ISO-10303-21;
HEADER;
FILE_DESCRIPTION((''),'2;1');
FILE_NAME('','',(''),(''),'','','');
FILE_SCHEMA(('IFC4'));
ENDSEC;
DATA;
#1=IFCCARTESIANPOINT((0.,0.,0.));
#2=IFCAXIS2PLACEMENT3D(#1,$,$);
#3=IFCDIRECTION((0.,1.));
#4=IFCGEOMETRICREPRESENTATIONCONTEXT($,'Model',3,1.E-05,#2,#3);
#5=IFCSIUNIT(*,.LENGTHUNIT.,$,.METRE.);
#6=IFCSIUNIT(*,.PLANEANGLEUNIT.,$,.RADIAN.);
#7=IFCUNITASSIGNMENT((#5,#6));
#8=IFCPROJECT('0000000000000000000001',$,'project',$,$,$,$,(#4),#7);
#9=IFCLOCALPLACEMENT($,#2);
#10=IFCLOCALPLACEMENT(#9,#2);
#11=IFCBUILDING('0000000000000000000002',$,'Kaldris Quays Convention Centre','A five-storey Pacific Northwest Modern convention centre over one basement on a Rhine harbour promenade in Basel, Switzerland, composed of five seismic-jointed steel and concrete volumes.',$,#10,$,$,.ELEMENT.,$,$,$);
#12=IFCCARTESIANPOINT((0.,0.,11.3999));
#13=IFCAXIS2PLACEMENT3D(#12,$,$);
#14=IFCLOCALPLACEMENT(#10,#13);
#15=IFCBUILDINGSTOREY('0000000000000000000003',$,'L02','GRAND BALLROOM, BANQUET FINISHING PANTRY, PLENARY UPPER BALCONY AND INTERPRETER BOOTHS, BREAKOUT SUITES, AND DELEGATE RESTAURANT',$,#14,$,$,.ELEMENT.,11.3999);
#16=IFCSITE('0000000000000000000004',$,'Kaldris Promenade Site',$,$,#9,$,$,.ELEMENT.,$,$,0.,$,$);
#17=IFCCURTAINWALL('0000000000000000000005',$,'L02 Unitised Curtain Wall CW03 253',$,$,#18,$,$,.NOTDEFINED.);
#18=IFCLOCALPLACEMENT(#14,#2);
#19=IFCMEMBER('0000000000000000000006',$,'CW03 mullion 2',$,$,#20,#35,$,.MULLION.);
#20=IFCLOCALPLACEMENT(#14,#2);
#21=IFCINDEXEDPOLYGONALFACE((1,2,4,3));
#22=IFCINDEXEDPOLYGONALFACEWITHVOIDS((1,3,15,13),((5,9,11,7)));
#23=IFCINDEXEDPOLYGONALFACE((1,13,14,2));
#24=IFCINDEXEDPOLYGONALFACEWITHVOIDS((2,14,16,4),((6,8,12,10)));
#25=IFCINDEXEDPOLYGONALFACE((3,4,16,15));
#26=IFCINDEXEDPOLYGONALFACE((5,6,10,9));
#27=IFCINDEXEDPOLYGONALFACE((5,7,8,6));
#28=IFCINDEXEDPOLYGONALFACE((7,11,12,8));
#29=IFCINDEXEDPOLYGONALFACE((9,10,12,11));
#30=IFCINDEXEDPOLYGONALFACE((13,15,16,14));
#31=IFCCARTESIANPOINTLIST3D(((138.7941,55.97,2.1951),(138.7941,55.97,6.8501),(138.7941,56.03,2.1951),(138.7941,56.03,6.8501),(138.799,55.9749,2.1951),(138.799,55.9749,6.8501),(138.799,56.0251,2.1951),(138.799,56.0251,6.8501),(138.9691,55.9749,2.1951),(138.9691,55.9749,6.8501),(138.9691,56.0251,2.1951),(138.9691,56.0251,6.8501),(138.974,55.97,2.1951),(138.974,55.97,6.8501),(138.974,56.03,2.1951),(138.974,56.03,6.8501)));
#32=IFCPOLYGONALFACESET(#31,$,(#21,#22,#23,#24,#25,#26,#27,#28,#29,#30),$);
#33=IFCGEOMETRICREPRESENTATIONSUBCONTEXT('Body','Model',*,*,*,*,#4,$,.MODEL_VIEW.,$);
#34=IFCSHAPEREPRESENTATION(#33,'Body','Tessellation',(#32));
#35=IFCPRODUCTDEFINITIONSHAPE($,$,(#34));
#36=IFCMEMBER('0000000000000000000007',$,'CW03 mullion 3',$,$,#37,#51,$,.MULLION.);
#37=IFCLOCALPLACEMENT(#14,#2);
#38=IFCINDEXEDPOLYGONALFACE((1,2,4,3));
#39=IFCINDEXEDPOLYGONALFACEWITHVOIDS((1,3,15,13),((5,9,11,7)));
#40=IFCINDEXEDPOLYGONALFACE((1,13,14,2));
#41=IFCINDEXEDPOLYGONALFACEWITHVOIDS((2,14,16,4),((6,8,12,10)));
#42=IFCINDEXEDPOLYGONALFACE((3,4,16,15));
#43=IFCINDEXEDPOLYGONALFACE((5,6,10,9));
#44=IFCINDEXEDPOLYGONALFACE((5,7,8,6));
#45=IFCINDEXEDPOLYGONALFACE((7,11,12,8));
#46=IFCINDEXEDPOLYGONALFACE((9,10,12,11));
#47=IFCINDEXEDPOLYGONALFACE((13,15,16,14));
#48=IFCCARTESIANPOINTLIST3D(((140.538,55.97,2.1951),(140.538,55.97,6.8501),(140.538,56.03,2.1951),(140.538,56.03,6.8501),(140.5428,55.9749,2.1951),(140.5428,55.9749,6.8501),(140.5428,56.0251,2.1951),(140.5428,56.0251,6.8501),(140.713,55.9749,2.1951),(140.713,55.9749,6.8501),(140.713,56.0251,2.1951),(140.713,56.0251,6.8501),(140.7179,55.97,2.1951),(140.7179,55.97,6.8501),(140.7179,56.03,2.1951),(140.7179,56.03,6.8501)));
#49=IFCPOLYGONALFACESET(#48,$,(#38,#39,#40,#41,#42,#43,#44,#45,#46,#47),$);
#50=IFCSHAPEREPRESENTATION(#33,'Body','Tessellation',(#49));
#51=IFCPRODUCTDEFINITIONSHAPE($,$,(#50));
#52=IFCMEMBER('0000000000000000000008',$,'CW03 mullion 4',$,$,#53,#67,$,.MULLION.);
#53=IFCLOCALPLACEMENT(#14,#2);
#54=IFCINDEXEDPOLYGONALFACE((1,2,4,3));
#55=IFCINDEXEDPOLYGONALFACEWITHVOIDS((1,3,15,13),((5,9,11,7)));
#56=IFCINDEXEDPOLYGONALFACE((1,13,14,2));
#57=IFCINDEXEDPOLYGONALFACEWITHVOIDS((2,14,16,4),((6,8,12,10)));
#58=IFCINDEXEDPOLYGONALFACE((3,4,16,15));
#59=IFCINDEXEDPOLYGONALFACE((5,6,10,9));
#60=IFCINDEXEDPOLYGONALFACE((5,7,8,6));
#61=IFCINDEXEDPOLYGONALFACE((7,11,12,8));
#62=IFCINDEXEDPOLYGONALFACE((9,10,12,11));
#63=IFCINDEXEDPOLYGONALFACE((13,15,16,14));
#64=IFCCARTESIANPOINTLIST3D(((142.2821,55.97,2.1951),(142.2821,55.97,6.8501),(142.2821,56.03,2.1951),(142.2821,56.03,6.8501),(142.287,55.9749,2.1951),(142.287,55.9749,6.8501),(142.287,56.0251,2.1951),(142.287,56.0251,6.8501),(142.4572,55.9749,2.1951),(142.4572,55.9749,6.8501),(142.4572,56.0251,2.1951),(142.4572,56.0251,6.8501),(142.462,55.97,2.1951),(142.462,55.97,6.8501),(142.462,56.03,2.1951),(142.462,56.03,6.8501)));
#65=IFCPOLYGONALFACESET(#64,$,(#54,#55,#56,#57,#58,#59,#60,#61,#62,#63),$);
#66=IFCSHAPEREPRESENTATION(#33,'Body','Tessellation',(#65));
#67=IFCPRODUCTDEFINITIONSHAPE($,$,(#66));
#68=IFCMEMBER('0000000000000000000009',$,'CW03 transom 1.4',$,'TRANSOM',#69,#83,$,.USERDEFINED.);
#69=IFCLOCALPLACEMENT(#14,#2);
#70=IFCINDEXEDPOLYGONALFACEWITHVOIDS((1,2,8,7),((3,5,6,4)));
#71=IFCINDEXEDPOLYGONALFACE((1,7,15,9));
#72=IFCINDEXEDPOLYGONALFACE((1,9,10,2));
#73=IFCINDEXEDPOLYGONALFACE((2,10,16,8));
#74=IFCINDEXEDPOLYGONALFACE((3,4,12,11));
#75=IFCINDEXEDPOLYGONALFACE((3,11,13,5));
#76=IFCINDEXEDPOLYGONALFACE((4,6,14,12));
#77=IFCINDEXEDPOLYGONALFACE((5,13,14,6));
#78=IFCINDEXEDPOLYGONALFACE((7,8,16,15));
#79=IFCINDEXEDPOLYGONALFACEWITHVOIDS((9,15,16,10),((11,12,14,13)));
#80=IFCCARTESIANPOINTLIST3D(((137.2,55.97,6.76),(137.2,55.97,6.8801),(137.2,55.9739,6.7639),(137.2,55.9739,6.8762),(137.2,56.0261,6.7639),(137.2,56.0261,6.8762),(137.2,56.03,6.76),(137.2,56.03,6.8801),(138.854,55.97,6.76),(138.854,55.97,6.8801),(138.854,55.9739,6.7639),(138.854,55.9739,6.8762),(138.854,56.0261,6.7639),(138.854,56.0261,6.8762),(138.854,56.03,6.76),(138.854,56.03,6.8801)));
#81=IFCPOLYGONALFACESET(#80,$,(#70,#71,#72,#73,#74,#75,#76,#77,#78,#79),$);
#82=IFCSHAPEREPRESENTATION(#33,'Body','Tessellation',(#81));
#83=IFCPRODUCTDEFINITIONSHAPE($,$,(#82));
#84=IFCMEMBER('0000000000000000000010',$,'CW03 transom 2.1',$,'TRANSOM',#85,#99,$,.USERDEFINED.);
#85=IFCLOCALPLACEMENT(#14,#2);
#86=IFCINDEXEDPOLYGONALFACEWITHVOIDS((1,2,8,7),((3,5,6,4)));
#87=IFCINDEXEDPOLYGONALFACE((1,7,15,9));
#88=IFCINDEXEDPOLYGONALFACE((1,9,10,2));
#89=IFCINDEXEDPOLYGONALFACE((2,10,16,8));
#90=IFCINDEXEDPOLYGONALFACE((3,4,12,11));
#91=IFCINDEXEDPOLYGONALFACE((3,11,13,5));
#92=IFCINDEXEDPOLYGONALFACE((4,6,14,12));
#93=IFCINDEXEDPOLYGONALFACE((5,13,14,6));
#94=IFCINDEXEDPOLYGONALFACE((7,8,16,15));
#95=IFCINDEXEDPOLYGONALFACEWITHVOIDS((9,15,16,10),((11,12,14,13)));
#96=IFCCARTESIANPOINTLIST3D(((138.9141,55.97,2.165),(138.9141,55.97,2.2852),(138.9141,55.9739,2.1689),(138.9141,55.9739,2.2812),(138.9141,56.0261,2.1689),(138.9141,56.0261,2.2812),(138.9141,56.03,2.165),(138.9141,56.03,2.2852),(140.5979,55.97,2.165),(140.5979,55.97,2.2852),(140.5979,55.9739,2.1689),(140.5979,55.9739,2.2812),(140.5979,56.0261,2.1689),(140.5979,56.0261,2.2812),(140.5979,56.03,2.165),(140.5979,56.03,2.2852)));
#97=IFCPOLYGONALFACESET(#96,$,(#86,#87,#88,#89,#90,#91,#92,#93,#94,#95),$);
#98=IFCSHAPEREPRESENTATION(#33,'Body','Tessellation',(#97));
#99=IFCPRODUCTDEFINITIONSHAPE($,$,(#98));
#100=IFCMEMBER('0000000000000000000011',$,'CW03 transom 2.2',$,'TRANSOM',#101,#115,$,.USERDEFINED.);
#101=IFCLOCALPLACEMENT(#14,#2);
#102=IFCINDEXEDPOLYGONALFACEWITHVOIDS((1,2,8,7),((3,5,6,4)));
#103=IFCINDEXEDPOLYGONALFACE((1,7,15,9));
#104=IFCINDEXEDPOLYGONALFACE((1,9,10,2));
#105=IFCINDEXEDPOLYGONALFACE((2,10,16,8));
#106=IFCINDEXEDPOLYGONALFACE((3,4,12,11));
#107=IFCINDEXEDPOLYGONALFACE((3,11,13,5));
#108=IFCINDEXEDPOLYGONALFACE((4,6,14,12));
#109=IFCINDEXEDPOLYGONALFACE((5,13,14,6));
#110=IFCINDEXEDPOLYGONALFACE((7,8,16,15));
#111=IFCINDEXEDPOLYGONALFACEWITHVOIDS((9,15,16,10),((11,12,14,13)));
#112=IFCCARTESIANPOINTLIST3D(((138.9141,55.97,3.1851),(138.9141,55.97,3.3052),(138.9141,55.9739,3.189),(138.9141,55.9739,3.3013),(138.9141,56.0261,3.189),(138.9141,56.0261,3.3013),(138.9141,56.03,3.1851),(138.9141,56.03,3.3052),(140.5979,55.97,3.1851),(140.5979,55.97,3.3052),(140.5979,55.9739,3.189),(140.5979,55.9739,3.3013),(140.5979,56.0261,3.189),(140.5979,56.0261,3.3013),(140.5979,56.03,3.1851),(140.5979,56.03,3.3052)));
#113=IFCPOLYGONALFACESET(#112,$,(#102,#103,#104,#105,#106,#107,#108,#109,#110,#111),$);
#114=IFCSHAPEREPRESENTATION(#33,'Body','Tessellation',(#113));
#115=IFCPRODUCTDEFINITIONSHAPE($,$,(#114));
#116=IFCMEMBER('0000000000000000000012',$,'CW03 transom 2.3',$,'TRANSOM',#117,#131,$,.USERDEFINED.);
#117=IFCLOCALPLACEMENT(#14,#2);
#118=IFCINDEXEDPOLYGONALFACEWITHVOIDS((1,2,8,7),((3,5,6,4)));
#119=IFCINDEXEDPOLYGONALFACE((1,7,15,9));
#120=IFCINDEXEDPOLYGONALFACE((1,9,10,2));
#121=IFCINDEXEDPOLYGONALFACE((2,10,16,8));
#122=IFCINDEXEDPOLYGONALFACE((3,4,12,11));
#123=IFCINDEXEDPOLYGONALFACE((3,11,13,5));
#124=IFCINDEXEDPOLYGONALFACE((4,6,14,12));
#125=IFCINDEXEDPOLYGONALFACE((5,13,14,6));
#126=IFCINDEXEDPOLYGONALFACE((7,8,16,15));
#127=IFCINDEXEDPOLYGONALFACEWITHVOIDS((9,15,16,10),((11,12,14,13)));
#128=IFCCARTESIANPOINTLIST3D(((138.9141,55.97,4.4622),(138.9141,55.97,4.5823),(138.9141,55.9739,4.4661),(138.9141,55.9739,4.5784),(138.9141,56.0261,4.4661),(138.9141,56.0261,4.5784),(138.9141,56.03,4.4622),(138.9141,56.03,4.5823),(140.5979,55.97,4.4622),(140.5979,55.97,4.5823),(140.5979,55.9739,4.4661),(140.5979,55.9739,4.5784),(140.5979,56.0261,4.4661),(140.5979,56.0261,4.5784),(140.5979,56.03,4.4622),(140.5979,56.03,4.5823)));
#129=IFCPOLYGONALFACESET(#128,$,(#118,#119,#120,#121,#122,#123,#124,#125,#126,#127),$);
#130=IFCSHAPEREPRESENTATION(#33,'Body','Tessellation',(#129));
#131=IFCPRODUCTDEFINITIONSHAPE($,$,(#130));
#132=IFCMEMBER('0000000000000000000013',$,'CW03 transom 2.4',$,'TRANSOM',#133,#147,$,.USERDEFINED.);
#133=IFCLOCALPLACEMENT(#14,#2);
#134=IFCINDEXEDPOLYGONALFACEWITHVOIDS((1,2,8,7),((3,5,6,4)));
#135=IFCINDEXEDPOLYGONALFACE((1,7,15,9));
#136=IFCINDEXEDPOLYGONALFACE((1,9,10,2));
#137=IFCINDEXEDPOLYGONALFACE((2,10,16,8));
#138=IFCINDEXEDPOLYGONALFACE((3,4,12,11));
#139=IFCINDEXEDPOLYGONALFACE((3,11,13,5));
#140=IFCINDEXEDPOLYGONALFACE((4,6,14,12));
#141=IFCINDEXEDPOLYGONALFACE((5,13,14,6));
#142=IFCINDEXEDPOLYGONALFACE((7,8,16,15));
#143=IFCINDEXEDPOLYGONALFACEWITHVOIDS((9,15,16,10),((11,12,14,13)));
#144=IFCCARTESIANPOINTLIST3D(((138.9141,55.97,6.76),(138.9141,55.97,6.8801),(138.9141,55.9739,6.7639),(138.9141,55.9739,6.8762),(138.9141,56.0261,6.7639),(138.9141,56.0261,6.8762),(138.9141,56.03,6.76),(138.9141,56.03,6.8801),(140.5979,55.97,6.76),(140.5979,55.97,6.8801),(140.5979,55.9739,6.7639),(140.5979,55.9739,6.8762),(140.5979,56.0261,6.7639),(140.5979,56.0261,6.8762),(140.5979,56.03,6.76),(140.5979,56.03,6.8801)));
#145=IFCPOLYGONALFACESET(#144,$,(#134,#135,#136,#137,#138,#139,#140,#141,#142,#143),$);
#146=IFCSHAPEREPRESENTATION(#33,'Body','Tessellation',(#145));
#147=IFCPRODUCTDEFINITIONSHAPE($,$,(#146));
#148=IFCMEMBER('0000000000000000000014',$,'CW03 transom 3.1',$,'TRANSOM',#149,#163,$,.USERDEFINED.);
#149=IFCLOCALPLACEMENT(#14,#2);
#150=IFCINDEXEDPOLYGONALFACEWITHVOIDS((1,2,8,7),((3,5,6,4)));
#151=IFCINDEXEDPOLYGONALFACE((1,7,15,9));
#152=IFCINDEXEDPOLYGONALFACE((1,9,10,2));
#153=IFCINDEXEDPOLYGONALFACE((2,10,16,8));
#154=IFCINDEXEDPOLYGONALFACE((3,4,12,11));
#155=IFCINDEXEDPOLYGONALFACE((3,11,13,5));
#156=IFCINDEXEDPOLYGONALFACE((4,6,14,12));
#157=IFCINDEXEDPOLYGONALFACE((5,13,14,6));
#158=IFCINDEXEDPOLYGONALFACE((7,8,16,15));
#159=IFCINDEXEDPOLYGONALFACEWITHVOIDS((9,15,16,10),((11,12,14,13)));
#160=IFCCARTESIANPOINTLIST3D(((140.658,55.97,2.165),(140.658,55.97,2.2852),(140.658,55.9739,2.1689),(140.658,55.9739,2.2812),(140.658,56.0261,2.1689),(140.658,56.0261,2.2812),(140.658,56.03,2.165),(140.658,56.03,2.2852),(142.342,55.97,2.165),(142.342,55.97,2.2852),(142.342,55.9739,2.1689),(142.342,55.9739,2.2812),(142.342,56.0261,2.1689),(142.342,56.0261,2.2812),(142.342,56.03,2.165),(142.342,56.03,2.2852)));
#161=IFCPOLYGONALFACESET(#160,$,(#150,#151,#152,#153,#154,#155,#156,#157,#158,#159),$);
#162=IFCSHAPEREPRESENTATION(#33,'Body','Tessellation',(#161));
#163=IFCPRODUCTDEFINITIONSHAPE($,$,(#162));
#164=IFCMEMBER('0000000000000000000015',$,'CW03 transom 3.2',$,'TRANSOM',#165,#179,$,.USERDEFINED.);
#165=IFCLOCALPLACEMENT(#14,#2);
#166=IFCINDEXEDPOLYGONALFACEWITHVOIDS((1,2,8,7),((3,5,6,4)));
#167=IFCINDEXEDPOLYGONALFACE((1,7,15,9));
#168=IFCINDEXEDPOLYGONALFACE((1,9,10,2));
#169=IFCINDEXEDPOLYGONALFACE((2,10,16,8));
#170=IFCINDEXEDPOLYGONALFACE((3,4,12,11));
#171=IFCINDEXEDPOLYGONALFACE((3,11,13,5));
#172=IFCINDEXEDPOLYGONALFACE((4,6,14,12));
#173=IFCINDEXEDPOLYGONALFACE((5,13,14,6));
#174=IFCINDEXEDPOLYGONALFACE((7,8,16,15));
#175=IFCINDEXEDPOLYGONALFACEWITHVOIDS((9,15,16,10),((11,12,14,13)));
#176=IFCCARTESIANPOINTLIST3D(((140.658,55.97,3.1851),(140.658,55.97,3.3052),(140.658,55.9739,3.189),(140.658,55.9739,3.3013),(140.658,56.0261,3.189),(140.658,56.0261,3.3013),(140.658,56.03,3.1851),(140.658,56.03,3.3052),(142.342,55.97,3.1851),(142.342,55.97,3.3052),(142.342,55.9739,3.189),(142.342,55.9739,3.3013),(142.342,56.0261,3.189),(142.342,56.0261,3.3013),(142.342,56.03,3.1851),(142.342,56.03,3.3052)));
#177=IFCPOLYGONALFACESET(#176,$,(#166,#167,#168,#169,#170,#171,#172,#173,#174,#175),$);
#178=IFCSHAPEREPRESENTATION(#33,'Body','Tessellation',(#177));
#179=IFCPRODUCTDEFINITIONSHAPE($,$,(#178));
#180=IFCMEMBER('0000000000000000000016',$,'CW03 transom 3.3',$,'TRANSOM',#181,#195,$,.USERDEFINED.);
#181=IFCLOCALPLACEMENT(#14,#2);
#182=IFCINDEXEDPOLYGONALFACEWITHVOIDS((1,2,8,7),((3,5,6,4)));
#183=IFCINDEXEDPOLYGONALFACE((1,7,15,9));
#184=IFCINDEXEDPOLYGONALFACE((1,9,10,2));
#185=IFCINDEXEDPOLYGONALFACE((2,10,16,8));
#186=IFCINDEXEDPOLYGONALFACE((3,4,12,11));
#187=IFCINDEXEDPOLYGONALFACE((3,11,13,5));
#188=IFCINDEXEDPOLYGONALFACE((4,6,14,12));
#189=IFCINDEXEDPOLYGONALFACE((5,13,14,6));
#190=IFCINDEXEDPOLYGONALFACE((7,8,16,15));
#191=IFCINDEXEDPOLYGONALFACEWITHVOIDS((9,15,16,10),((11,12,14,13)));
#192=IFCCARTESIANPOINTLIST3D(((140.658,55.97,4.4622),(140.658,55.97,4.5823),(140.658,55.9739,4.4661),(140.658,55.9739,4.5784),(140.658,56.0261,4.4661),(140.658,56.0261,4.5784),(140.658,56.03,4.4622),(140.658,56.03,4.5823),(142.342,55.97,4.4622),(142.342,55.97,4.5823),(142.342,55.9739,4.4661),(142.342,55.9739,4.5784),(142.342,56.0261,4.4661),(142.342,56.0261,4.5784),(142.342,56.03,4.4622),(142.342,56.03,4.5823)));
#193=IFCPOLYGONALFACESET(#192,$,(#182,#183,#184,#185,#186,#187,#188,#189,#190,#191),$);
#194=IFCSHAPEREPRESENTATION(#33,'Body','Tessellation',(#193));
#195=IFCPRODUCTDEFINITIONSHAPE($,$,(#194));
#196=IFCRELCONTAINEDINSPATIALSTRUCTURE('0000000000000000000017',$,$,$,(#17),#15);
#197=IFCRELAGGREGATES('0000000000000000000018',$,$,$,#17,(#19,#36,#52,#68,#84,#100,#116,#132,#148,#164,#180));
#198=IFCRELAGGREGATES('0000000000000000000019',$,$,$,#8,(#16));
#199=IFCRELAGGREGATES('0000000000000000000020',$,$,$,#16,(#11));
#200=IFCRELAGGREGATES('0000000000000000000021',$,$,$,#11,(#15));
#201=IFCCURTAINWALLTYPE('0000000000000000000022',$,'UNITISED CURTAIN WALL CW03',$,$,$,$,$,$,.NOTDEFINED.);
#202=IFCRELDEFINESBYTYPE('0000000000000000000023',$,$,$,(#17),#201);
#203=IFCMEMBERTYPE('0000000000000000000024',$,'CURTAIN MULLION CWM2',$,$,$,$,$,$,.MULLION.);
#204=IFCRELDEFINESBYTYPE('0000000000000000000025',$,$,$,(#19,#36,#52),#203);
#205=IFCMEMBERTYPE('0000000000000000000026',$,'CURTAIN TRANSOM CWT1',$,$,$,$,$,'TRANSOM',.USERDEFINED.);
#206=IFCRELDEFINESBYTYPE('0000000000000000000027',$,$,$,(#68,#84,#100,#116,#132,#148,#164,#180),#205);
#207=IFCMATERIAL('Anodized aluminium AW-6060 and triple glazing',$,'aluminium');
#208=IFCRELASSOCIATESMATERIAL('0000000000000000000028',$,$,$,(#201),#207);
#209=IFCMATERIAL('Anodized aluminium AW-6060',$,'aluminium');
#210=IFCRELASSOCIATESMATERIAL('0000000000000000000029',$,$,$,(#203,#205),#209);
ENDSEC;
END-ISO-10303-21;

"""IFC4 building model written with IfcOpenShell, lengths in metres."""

from ifc_helpers import new_model, si_unit, direction, frame, origin, origin_2d, place, context, subcontext, project, spatial, hollow_rectangle, extrude, material, material_profile, profile_set, type_object, element, aggregate, save


model = new_model("IFC4")

# Units and contexts
model_context = context("Model", 3, precision=1e-05, world=origin(), true_north=direction((0.0, 1.0)))
body_context = subcontext(model_context, "Body", "Model", "MODEL_VIEW")
ifc_project = project(units=[si_unit("LENGTHUNIT", "METRE"), si_unit("PLANEANGLEUNIT", "RADIAN")], contexts=[model_context])

# Site, building, storey
site_placement = place(None, origin())
site = spatial("IfcSite", under=ifc_project, at=site_placement, Name="Kaldris Promenade Site", CompositionType="ELEMENT", RefElevation=0.0)
building_placement = place(site_placement, origin())
building = spatial("IfcBuilding", under=site, at=building_placement, Name="Kaldris Quays Convention Centre", Description="A five-storey Pacific Northwest Modern convention centre over one basement on a Rhine harbour promenade in Basel, Switzerland, composed of five seismic-jointed steel and concrete volumes.", CompositionType="ELEMENT")
storey_placement = place(building_placement, frame((0.0, 0.0, 11.3999)))
storey = spatial("IfcBuildingStorey", under=building, at=storey_placement, Name="L02", Description="GRAND BALLROOM, BANQUET FINISHING PANTRY, PLENARY UPPER BALCONY AND INTERPRETER BOOTHS, BREAKOUT SUITES, AND DELEGATE RESTAURANT", CompositionType="ELEMENT", Elevation=11.3999)

# Curtain wall, members
ifc_material_1 = material(Name="Anodized aluminium AW-6060 and triple glazing", Category="aluminium")
curtain_wall_type = type_object("IfcCurtainWallType", Name="UNITISED CURTAIN WALL CW03", PredefinedType="NOTDEFINED", material=ifc_material_1)
curtain_wall_placement = place(storey_placement, origin())
curtain_wall = element("IfcCurtainWall", 1, at=curtain_wall_placement, inside=storey, type_object=curtain_wall_type, Name="L02 Unitised Curtain Wall CW03 253", PredefinedType="NOTDEFINED")
ifc_material_2 = material(Name="Anodized aluminium AW-6060", Category="aluminium")
ifc_material_profile_1 = material_profile(ifc_material_2, hollow_rectangle(XDim=0.0601, YDim=0.1799, WallThickness=0.0049, at=origin_2d()), Name="RHS 180x60x5")
ifc_profile_set_1 = profile_set([ifc_material_profile_1], Name="Anodized aluminium AW-6060")
member_type_1 = type_object("IfcMemberType", Name="CURTAIN MULLION CWM2", PredefinedType="MULLION", material=ifc_profile_set_1)
member_1_placement = place(storey_placement, frame((138.884, 56.0, 2.1951), z_axis=(0.0, 0.0, 1.0), x_axis=(0.0, 1.0, 0.0)))
member_1 = element("IfcMember", 2, at=member_1_placement, type_object=member_type_1, Name="CW03 mullion 2", PredefinedType="MULLION", context=body_context, shape_type="SweptSolid", body=[
    extrude(hollow_rectangle(XDim=0.0601, YDim=0.1799, WallThickness=0.0049, at=origin_2d()), origin(), (0.0, 0.0, 1.0), 4.655),
])
member_2_placement = place(storey_placement, frame((140.6279, 56.0, 2.1951), z_axis=(0.0, 0.0, 1.0), x_axis=(0.0, 1.0, 0.0)))
member_2 = element("IfcMember", 3, at=member_2_placement, type_object=member_type_1, Name="CW03 mullion 3", PredefinedType="MULLION", context=body_context, shape_type="SweptSolid", body=[
    extrude(hollow_rectangle(XDim=0.0601, YDim=0.1799, WallThickness=0.0049, at=origin_2d()), origin(), (0.0, 0.0, 1.0), 4.655),
])
member_3_placement = place(storey_placement, frame((142.3721, 56.0, 2.1951), z_axis=(0.0, 0.0, 1.0), x_axis=(0.0, 1.0, 0.0)))
member_3 = element("IfcMember", 4, at=member_3_placement, type_object=member_type_1, Name="CW03 mullion 4", PredefinedType="MULLION", context=body_context, shape_type="SweptSolid", body=[
    extrude(hollow_rectangle(XDim=0.0601, YDim=0.1799, WallThickness=0.0049, at=origin_2d()), origin(), (0.0, 0.0, 1.0), 4.655),
])
ifc_material_profile_2 = material_profile(ifc_material_2, hollow_rectangle(XDim=0.0601, YDim=0.1201, WallThickness=0.0039, at=origin_2d()), Name="RHS 120x60x4")
ifc_profile_set_2 = profile_set([ifc_material_profile_2], Name="Anodized aluminium AW-6060")
member_type_2 = type_object("IfcMemberType", Name="CURTAIN TRANSOM CWT1", ElementType="TRANSOM", PredefinedType="USERDEFINED", material=ifc_profile_set_2)
member_4_placement = place(storey_placement, frame((137.2, 56.0, 6.8201), z_axis=(1.0, 0.0, 0.0), x_axis=(0.0, 1.0, 0.0)))
member_4 = element("IfcMember", 5, at=member_4_placement, type_object=member_type_2, Name="CW03 transom 1.4", ObjectType="TRANSOM", PredefinedType="USERDEFINED", context=body_context, shape_type="SweptSolid", body=[
    extrude(hollow_rectangle(XDim=0.0601, YDim=0.1201, WallThickness=0.0039, at=origin_2d()), origin(), (0.0, 0.0, 1.0), 1.6541),
])
member_5_placement = place(storey_placement, frame((138.9141, 56.0, 2.2251), z_axis=(1.0, 0.0, 0.0), x_axis=(0.0, 1.0, 0.0)))
member_5 = element("IfcMember", 6, at=member_5_placement, type_object=member_type_2, Name="CW03 transom 2.1", ObjectType="TRANSOM", PredefinedType="USERDEFINED", context=body_context, shape_type="SweptSolid", body=[
    extrude(hollow_rectangle(XDim=0.0601, YDim=0.1201, WallThickness=0.0039, at=origin_2d()), origin(), (0.0, 0.0, 1.0), 1.6838),
])
member_6_placement = place(storey_placement, frame((138.9141, 56.0, 3.2451), z_axis=(1.0, 0.0, 0.0), x_axis=(0.0, 1.0, 0.0)))
member_6 = element("IfcMember", 7, at=member_6_placement, type_object=member_type_2, Name="CW03 transom 2.2", ObjectType="TRANSOM", PredefinedType="USERDEFINED", context=body_context, shape_type="SweptSolid", body=[
    extrude(hollow_rectangle(XDim=0.0601, YDim=0.1201, WallThickness=0.0039, at=origin_2d()), origin(), (0.0, 0.0, 1.0), 1.6838),
])
member_7_placement = place(storey_placement, frame((138.9141, 56.0, 4.5222), z_axis=(1.0, 0.0, 0.0), x_axis=(0.0, 1.0, 0.0)))
member_7 = element("IfcMember", 8, at=member_7_placement, type_object=member_type_2, Name="CW03 transom 2.3", ObjectType="TRANSOM", PredefinedType="USERDEFINED", context=body_context, shape_type="SweptSolid", body=[
    extrude(hollow_rectangle(XDim=0.0601, YDim=0.1201, WallThickness=0.0039, at=origin_2d()), origin(), (0.0, 0.0, 1.0), 1.6838),
])
member_8_placement = place(storey_placement, frame((138.9141, 56.0, 6.8201), z_axis=(1.0, 0.0, 0.0), x_axis=(0.0, 1.0, 0.0)))
member_8 = element("IfcMember", 9, at=member_8_placement, type_object=member_type_2, Name="CW03 transom 2.4", ObjectType="TRANSOM", PredefinedType="USERDEFINED", context=body_context, shape_type="SweptSolid", body=[
    extrude(hollow_rectangle(XDim=0.0601, YDim=0.1201, WallThickness=0.0039, at=origin_2d()), origin(), (0.0, 0.0, 1.0), 1.6838),
])
member_9_placement = place(storey_placement, frame((140.658, 56.0, 2.2251), z_axis=(1.0, 0.0, 0.0), x_axis=(0.0, 1.0, 0.0)))
member_9 = element("IfcMember", 10, at=member_9_placement, type_object=member_type_2, Name="CW03 transom 3.1", ObjectType="TRANSOM", PredefinedType="USERDEFINED", context=body_context, shape_type="SweptSolid", body=[
    extrude(hollow_rectangle(XDim=0.0601, YDim=0.1201, WallThickness=0.0039, at=origin_2d()), origin(), (0.0, 0.0, 1.0), 1.6841),
])
member_10_placement = place(storey_placement, frame((140.658, 56.0, 3.2451), z_axis=(1.0, 0.0, 0.0), x_axis=(0.0, 1.0, 0.0)))
member_10 = element("IfcMember", 11, at=member_10_placement, type_object=member_type_2, Name="CW03 transom 3.2", ObjectType="TRANSOM", PredefinedType="USERDEFINED", context=body_context, shape_type="SweptSolid", body=[
    extrude(hollow_rectangle(XDim=0.0601, YDim=0.1201, WallThickness=0.0039, at=origin_2d()), origin(), (0.0, 0.0, 1.0), 1.6841),
])
member_11_placement = place(storey_placement, frame((140.658, 56.0, 4.5222), z_axis=(1.0, 0.0, 0.0), x_axis=(0.0, 1.0, 0.0)))
member_11 = element("IfcMember", 12, at=member_11_placement, type_object=member_type_2, Name="CW03 transom 3.3", ObjectType="TRANSOM", PredefinedType="USERDEFINED", context=body_context, shape_type="SweptSolid", body=[
    extrude(hollow_rectangle(XDim=0.0601, YDim=0.1201, WallThickness=0.0039, at=origin_2d()), origin(), (0.0, 0.0, 1.0), 1.6841),
])

aggregate(curtain_wall, [member_1, member_2, member_3, member_4, member_5, member_6, member_7, member_8, member_9, member_10, member_11])

save(model, "model.ifc")
